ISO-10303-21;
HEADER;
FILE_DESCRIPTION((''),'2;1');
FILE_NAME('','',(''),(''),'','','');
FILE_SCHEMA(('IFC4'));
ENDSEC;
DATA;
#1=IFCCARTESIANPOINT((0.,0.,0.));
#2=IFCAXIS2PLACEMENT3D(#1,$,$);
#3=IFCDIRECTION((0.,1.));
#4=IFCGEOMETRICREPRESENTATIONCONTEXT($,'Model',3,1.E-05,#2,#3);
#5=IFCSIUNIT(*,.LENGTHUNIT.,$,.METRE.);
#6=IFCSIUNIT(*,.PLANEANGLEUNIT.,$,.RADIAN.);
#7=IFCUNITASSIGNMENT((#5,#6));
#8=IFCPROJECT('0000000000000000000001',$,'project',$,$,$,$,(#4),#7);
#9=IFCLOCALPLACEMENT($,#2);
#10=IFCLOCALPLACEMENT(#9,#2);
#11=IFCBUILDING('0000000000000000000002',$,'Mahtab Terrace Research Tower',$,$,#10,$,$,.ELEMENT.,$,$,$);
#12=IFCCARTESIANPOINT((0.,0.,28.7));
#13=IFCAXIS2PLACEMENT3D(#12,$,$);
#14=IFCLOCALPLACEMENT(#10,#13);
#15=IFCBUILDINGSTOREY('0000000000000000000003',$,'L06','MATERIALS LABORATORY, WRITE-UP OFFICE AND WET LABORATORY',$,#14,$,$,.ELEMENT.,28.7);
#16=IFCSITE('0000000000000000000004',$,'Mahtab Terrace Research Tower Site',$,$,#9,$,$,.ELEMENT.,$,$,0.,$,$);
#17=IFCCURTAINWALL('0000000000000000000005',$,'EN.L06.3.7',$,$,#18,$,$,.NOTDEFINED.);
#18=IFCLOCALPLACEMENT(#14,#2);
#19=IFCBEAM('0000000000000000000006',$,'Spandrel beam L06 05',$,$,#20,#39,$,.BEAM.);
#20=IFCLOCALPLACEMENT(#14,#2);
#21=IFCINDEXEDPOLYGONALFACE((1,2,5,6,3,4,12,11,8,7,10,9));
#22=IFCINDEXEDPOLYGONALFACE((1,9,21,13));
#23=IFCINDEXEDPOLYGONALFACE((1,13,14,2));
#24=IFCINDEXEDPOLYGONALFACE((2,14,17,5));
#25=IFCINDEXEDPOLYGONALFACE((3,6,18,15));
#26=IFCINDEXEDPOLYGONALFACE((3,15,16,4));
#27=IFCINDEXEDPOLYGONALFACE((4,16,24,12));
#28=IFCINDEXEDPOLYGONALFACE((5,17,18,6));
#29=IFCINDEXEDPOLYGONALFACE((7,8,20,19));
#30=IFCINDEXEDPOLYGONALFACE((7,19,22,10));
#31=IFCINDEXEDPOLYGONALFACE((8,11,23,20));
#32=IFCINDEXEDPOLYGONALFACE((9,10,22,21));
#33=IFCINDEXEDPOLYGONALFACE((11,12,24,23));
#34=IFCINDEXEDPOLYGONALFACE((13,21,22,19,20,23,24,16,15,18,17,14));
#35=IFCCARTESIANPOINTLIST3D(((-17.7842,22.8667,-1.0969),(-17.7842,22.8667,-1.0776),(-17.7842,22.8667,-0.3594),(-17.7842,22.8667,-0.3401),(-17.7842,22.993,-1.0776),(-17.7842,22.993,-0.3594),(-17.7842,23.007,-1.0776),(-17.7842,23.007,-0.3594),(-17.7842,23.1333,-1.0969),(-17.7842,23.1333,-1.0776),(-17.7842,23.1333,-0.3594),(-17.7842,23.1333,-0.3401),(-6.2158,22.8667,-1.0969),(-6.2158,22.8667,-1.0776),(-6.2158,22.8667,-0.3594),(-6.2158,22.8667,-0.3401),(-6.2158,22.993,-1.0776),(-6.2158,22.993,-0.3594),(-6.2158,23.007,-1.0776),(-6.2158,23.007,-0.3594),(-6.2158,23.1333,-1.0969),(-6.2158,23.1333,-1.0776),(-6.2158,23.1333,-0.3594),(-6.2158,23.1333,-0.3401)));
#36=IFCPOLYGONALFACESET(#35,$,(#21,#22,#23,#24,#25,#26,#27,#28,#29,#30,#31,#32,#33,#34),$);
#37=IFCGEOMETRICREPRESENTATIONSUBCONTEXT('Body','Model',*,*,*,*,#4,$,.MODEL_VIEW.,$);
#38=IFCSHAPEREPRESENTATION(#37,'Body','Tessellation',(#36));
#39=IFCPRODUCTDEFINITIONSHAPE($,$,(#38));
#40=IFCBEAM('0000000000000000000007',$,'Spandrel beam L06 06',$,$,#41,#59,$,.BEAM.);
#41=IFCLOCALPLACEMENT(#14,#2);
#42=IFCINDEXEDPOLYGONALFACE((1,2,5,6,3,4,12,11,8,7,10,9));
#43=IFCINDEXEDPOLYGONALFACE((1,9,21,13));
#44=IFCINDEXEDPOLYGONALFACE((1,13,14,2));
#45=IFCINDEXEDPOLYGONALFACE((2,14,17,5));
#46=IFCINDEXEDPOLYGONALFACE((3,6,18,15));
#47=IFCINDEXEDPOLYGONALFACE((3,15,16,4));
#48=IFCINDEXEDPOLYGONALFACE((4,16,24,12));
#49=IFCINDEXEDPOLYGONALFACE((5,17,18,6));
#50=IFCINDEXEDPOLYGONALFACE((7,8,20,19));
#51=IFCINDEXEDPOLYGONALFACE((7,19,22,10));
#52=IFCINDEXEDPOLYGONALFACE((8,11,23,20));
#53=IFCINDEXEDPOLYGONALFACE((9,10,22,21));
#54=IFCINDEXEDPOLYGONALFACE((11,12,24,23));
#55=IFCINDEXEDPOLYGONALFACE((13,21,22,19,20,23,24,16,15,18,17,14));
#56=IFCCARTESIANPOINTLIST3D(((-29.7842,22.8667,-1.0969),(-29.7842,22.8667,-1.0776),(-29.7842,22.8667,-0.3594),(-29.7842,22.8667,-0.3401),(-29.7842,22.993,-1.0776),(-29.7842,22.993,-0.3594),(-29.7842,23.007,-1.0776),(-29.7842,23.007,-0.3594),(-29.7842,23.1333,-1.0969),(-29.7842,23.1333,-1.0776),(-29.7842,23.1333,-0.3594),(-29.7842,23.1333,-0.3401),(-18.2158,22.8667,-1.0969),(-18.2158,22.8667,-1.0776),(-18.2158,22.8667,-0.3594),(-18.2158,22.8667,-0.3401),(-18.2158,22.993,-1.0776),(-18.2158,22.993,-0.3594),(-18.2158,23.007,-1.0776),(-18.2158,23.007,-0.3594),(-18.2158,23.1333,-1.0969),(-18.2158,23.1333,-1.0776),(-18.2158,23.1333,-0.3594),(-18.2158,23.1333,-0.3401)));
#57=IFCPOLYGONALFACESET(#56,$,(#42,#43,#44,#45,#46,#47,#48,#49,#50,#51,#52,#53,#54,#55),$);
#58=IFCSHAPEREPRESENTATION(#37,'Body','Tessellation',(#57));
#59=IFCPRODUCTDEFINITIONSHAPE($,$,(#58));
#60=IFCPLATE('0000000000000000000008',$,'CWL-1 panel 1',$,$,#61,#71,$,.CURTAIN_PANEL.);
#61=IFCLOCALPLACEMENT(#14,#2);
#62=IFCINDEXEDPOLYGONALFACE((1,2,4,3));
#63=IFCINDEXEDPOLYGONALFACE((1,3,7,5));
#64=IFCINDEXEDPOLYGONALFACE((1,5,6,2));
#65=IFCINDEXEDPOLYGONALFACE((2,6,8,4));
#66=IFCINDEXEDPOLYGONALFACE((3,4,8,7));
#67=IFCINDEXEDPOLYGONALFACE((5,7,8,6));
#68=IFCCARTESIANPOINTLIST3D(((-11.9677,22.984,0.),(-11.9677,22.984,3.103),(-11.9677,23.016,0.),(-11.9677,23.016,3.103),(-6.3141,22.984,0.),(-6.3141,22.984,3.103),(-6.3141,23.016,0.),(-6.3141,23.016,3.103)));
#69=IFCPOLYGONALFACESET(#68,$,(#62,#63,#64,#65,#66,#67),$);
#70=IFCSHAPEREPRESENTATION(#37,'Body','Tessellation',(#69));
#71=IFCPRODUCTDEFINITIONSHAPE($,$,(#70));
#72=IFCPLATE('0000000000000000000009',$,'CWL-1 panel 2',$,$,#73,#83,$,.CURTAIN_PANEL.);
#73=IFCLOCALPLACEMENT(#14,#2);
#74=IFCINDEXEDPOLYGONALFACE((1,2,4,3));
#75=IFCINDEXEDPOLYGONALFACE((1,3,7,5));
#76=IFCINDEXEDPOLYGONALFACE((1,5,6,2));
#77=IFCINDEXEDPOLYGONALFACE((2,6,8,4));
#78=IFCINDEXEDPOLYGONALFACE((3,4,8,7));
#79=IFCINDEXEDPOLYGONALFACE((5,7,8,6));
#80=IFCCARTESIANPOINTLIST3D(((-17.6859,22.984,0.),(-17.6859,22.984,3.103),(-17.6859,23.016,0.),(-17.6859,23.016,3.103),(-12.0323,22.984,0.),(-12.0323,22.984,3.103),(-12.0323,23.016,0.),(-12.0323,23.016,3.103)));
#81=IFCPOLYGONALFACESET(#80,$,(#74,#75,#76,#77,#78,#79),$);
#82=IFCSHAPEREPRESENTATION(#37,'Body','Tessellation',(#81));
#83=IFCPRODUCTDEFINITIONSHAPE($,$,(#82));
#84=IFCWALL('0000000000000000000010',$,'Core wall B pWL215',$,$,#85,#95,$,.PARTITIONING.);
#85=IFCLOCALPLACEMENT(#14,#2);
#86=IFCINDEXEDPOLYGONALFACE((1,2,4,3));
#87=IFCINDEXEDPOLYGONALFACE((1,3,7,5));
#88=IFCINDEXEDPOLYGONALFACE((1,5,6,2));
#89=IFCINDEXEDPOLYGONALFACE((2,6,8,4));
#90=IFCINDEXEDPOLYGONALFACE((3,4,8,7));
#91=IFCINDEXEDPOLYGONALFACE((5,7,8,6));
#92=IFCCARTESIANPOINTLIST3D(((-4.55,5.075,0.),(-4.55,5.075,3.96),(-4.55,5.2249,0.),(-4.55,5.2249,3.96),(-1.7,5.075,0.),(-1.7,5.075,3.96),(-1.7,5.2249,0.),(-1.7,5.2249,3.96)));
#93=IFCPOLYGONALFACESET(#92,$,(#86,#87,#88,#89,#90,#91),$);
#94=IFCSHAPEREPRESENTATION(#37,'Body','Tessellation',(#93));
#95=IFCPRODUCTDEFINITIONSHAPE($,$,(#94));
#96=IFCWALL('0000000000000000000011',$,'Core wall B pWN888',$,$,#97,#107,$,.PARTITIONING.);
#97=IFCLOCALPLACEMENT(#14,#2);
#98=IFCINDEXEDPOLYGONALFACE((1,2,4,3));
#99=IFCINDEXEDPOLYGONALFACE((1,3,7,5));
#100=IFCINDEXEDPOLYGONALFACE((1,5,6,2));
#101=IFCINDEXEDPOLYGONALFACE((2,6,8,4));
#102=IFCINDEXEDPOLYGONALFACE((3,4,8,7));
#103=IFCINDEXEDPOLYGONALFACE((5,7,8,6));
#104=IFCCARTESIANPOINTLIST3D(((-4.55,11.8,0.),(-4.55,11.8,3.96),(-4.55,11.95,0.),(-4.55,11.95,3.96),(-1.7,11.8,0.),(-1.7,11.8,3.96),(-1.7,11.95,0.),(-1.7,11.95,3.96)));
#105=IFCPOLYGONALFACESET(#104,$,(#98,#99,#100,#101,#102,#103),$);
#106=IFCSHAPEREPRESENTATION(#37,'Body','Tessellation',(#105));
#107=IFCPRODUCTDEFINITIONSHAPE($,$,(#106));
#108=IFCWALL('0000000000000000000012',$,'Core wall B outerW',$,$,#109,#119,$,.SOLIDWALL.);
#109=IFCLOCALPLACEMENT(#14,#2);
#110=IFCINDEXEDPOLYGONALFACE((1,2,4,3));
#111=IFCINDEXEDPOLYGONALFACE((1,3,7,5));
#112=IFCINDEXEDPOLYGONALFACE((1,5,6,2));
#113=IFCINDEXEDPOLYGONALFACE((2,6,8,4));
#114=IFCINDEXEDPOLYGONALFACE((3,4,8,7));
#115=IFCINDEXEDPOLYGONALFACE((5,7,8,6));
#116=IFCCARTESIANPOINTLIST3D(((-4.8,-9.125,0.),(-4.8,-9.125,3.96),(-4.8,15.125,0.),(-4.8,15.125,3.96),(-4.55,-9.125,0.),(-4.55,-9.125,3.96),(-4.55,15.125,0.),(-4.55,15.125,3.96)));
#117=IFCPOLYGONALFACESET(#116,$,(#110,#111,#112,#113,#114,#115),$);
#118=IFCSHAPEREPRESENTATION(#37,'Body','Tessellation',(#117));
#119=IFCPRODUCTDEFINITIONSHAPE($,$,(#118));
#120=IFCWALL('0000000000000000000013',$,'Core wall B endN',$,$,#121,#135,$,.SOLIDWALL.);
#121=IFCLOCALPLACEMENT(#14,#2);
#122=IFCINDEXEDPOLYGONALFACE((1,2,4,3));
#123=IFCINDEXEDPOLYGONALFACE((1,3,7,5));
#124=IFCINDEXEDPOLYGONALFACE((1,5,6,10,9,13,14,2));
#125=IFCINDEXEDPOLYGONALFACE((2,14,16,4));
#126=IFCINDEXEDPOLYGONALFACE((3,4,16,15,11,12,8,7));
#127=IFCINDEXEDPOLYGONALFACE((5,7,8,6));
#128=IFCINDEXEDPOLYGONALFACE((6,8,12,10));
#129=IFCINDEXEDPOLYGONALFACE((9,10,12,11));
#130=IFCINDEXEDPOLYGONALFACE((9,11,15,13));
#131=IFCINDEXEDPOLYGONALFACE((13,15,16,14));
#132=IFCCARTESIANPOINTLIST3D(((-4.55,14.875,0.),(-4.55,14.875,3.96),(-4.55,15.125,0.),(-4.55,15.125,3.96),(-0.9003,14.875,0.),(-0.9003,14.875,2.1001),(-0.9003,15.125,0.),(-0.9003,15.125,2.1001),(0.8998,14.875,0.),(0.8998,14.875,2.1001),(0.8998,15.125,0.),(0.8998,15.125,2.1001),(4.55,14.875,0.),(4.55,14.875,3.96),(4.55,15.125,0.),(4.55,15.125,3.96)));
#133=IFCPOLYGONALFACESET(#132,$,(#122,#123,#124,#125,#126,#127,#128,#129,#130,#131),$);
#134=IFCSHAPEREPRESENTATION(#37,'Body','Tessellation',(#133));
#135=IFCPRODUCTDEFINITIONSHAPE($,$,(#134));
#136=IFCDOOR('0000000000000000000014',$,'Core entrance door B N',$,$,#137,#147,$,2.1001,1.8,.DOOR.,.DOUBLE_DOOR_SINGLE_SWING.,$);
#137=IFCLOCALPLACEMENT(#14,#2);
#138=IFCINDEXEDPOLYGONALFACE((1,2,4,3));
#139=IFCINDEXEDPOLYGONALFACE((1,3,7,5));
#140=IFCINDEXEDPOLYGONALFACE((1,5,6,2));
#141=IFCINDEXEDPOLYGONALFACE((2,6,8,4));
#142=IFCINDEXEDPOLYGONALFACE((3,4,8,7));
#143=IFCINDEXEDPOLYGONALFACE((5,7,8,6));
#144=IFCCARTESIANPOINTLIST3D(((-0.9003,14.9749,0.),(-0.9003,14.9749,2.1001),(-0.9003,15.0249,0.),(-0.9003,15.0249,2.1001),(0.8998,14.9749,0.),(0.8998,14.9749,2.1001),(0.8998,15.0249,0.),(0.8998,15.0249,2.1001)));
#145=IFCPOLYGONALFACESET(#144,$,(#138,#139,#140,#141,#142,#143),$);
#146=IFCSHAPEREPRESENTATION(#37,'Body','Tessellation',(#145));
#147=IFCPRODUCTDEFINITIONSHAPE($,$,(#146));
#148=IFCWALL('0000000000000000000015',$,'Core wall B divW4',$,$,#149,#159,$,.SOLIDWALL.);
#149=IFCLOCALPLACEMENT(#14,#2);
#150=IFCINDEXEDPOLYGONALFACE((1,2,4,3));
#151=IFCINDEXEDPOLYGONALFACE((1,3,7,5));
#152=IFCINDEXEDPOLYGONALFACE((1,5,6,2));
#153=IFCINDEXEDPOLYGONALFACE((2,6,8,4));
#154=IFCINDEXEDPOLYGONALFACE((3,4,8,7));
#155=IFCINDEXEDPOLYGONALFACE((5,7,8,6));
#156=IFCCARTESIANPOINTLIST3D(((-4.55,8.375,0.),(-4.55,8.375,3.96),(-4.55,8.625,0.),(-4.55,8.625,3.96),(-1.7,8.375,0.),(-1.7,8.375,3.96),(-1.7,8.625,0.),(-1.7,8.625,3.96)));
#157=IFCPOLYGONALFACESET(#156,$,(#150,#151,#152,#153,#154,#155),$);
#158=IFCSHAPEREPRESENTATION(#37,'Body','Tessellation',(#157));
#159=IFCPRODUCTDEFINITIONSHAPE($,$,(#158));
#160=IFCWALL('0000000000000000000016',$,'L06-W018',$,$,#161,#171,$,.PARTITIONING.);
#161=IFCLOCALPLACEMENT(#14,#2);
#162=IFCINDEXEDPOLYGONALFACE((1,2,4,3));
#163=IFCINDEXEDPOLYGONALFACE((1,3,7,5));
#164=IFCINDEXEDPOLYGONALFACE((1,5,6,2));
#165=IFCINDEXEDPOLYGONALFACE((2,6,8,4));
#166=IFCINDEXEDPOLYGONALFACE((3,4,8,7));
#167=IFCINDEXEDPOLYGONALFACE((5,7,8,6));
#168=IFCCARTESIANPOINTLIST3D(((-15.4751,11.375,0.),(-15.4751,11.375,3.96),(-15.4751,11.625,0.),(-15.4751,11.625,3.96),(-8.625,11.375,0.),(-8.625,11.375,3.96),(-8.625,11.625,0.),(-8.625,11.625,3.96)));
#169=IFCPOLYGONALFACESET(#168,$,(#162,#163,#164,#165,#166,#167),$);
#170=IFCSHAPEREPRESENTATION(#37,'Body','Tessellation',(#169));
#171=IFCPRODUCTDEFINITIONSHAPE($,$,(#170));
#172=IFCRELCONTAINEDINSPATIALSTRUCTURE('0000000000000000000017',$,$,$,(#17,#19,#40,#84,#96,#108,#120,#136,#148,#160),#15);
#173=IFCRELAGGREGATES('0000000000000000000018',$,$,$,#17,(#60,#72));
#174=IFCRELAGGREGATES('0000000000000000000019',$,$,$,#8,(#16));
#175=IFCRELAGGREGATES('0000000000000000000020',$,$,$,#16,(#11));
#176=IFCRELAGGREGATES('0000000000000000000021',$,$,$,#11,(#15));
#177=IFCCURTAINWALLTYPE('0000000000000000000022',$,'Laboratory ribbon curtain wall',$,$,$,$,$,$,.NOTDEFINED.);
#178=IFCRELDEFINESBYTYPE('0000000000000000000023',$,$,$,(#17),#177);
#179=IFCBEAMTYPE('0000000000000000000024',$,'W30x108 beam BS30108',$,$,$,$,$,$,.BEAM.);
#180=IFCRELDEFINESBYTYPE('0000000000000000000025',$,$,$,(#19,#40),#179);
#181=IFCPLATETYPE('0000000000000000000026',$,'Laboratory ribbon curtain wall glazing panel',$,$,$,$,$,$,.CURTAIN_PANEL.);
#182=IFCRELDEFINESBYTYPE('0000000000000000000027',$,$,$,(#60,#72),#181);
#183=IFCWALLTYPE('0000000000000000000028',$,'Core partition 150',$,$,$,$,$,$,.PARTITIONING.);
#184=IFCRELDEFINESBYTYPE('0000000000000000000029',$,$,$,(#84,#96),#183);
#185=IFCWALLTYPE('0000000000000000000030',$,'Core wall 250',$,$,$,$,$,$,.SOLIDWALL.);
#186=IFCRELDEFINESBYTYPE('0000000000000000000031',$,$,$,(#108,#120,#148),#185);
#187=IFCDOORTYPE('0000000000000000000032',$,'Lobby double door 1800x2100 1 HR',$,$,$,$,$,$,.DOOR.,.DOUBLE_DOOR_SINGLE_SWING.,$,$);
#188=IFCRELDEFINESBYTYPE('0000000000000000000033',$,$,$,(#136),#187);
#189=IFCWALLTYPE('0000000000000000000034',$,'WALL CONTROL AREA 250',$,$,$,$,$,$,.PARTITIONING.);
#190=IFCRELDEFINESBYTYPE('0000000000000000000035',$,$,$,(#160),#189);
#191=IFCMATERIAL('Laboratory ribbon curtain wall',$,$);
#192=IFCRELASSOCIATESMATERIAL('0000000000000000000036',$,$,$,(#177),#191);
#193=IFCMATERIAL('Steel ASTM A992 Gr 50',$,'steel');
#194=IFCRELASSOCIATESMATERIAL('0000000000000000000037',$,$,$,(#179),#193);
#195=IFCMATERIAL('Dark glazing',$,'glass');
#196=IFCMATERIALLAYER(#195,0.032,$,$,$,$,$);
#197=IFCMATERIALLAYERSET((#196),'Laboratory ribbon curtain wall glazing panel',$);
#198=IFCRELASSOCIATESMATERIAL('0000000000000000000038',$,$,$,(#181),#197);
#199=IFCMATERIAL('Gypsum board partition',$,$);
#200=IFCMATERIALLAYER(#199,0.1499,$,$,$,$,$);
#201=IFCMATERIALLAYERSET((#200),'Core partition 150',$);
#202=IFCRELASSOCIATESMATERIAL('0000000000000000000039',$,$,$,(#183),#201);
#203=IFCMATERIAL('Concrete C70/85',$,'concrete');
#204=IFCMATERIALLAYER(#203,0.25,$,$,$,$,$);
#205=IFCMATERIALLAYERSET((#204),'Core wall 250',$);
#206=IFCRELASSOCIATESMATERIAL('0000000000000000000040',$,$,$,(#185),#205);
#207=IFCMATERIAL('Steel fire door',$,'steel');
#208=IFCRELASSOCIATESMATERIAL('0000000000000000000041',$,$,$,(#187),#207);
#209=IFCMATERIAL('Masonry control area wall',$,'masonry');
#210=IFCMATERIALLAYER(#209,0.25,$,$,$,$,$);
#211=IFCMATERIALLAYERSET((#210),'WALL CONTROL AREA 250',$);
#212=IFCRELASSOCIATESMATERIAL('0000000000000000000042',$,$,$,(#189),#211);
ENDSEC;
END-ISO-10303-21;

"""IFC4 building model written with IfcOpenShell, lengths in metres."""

from ifc_helpers import new_model, si_unit, direction, frame, frame_2d, origin, origin_2d, place, context, subcontext, project, spatial, rectangle, i_section, extrude, material, layer, layer_set, material_profile, profile_set, type_object, element, fill, aggregate, save


model = new_model("IFC4")

# Units and contexts
model_context = context("Model", 3, precision=1e-05, world=origin(), true_north=direction((0.0, 1.0)))
body_context = subcontext(model_context, "Body", "Model", "MODEL_VIEW")
ifc_project = project(units=[si_unit("LENGTHUNIT", "METRE"), si_unit("PLANEANGLEUNIT", "RADIAN")], contexts=[model_context])

# Site, building, storey
site_placement = place(None, origin())
site = spatial("IfcSite", under=ifc_project, at=site_placement, Name="Mahtab Terrace Research Tower Site", CompositionType="ELEMENT", RefElevation=0.0)
building_placement = place(site_placement, origin())
building = spatial("IfcBuilding", under=site, at=building_placement, Name="Mahtab Terrace Research Tower", CompositionType="ELEMENT")
storey_placement = place(building_placement, frame((0.0, 0.0, 28.7)))
storey = spatial("IfcBuildingStorey", under=building, at=storey_placement, Name="L06", Description="MATERIALS LABORATORY, WRITE-UP OFFICE AND WET LABORATORY", CompositionType="ELEMENT", Elevation=28.7)

# Shared definitions
ifc_material_1 = material(Name="Concrete C70/85", Category="concrete")
ifc_material_2 = material(Name="Steel ASTM A992 Gr 50", Category="steel")

# Curtain wall
ifc_material_3 = material(Name="Laboratory ribbon curtain wall")
curtain_wall_type = type_object("IfcCurtainWallType", Name="Laboratory ribbon curtain wall", PredefinedType="NOTDEFINED", material=ifc_material_3)
curtain_wall_1_placement = place(storey_placement, origin())
curtain_wall_1 = element("IfcCurtainWall", 1, at=curtain_wall_1_placement, inside=storey, type_object=curtain_wall_type, Name="EN.L06.3.7", PredefinedType="NOTDEFINED")

# Beams
ifc_material_profile_1 = material_profile(ifc_material_2, i_section(OverallWidth=0.2666, OverallDepth=0.7568, WebThickness=0.0139, FlangeThickness=0.0193, at=origin_2d()), Name="W30X108")
ifc_profile_set_1 = profile_set([ifc_material_profile_1], Name="Steel ASTM A992 Gr 50")
beam_type = type_object("IfcBeamType", Name="W30x108 beam BS30108", PredefinedType="BEAM", material=ifc_profile_set_1)
for number, where, z_axis, x_axis, name in (
    (2, (-6.2158, 23.0, -0.7185), (-1.0, 0.0, 0.0), (0.0, -1.0, 0.0), "Spandrel beam L06 05"),
    (3, (-18.2158, 23.0, -0.7185), (-1.0, 0.0, 0.0), (0.0, -1.0, 0.0), "Spandrel beam L06 06"),
):
    element("IfcBeam", number, at=place(storey_placement, frame(where, z_axis=z_axis, x_axis=x_axis)), inside=storey, type_object=beam_type, Name=name, PredefinedType="BEAM", context=body_context, shape_type="SweptSolid", body=[
        extrude(i_section(OverallWidth=0.2666, OverallDepth=0.7568, WebThickness=0.0139, FlangeThickness=0.0193, at=origin_2d()), origin(), (0.0, 0.0, 1.0), 11.5684),
    ])

# Plates
ifc_material_4 = material(Name="Dark glazing", Category="glass")
ifc_layer_1 = layer(ifc_material_4, 0.032)
ifc_layer_set_1 = layer_set([ifc_layer_1], Name="Laboratory ribbon curtain wall glazing panel")
plate_type = type_object("IfcPlateType", Name="Laboratory ribbon curtain wall glazing panel", PredefinedType="CURTAIN_PANEL", material=ifc_layer_set_1)
plate_1_placement = place(storey_placement, frame((-9.1409, 23.0, 0.0), z_axis=(0.0, 0.0, 1.0), x_axis=(-1.0, 0.0, 0.0)))
plate_1 = element("IfcPlate", 4, at=plate_1_placement, type_object=plate_type, Name="CWL-1 panel 1", PredefinedType="CURTAIN_PANEL", context=body_context, shape_type="SweptSolid", body=[
    extrude(rectangle(XDim=5.6536, YDim=0.032, at=origin_2d()), origin(), (0.0, 0.0, 1.0), 3.103),
])
plate_2_placement = place(storey_placement, frame((-14.8591, 23.0, 0.0), z_axis=(0.0, 0.0, 1.0), x_axis=(-1.0, 0.0, 0.0)))
plate_2 = element("IfcPlate", 5, at=plate_2_placement, type_object=plate_type, Name="CWL-1 panel 2", PredefinedType="CURTAIN_PANEL", context=body_context, shape_type="SweptSolid", body=[
    extrude(rectangle(XDim=5.6536, YDim=0.032, at=origin_2d()), origin(), (0.0, 0.0, 1.0), 3.103),
])
aggregate(curtain_wall_1, [plate_1, plate_2])

# Walls
ifc_material_5 = material(Name="Gypsum board partition")
ifc_layer_2 = layer(ifc_material_5, 0.1499)
ifc_layer_set_2 = layer_set([ifc_layer_2], Name="Core partition 150")
wall_type_1 = type_object("IfcWallType", Name="Core partition 150", PredefinedType="PARTITIONING", material=ifc_layer_set_2)
for number, where, z_axis, x_axis, name in (
    (6, (-4.55, 5.1499, 0.0), (0.0, 0.0, 1.0), (1.0, 0.0, 0.0), "Core wall B pWL215"),
    (7, (-4.55, 11.875, 0.0), (0.0, 0.0, 1.0), (1.0, 0.0, 0.0), "Core wall B pWN888"),
):
    element("IfcWall", number, at=place(storey_placement, frame(where, z_axis=z_axis, x_axis=x_axis)), inside=storey, type_object=wall_type_1, Name=name, PredefinedType="PARTITIONING", context=body_context, shape_type="SweptSolid", body=[
        extrude(rectangle(XDim=2.8501, YDim=0.1499, at=frame_2d((1.425, 0.0))), origin(), (0.0, 0.0, 1.0), 3.96),
    ])
ifc_layer_3 = layer(ifc_material_1, 0.25)
ifc_layer_set_3 = layer_set([ifc_layer_3], Name="Core wall 250")
wall_type_2 = type_object("IfcWallType", Name="Core wall 250", PredefinedType="SOLIDWALL", material=ifc_layer_set_3)
wall_1_placement = place(storey_placement, frame((-4.675, 15.125, 0.0), z_axis=(0.0, 0.0, 1.0), x_axis=(0.0, -1.0, 0.0)))
element("IfcWall", 8, at=wall_1_placement, inside=storey, type_object=wall_type_2, Name="Core wall B outerW", PredefinedType="SOLIDWALL", context=body_context, shape_type="SweptSolid", body=[
    extrude(rectangle(XDim=24.25, YDim=0.25, at=frame_2d((12.125, 0.0))), origin(), (0.0, 0.0, 1.0), 3.96),
])

# Wall, opening, door
wall_2_placement = place(storey_placement, frame((-4.55, 15.0, 0.0), z_axis=(0.0, 0.0, 1.0), x_axis=(1.0, 0.0, 0.0)))
wall_2 = element("IfcWall", 9, at=wall_2_placement, inside=storey, type_object=wall_type_2, Name="Core wall B endN", PredefinedType="SOLIDWALL", context=body_context, shape_type="SweptSolid", body=[
    extrude(rectangle(XDim=9.1001, YDim=0.25, at=frame_2d((4.55, 0.0))), origin(), (0.0, 0.0, 1.0), 3.96),
])
opening_1_placement = place(wall_2_placement, frame((3.6499, 0.0, 0.0)))
opening_1 = element("IfcOpeningElement", 10, at=opening_1_placement, cuts=wall_2, PredefinedType="OPENING", context=body_context, shape_type="SweptSolid", body=[
    extrude(rectangle(XDim=1.8, YDim=2.1001, at=frame_2d((0.8999, 1.05))), frame((0.0, 0.135, 0.0), z_axis=(0.0, -1.0, 0.0), x_axis=(1.0, 0.0, 0.0)), (0.0, 0.0, 1.0), 0.27),
])
ifc_material_6 = material(Name="Steel fire door", Category="steel")
door_type_1 = type_object("IfcDoorType", Name="Lobby double door 1800x2100 1 HR", OperationType="DOUBLE_DOOR_SINGLE_SWING", PredefinedType="DOOR", material=ifc_material_6)
door_1_placement = place(opening_1_placement, origin())
door_1 = element("IfcDoor", 11, at=door_1_placement, inside=storey, type_object=door_type_1, Name="Core entrance door B N", OperationType="DOUBLE_DOOR_SINGLE_SWING", OverallHeight=2.1001, OverallWidth=1.8, PredefinedType="DOOR", context=body_context, shape_type="SweptSolid", body=[
    extrude(rectangle(XDim=1.8, YDim=2.1001, at=frame_2d((0.8999, 1.05))), frame((0.0, 0.0249, 0.0), z_axis=(0.0, -1.0, 0.0), x_axis=(1.0, 0.0, 0.0)), (0.0, 0.0, 1.0), 0.05),
])
fill(opening_1, door_1)

# Walls
wall_3_placement = place(storey_placement, frame((-4.55, 8.5, 0.0), z_axis=(0.0, 0.0, 1.0), x_axis=(1.0, 0.0, 0.0)))
element("IfcWall", 12, at=wall_3_placement, inside=storey, type_object=wall_type_2, Name="Core wall B divW4", PredefinedType="SOLIDWALL", context=body_context, shape_type="SweptSolid", body=[
    extrude(rectangle(XDim=2.8501, YDim=0.25, at=frame_2d((1.425, 0.0))), origin(), (0.0, 0.0, 1.0), 3.96),
])
ifc_material_7 = material(Name="Masonry control area wall", Category="masonry")
ifc_layer_4 = layer(ifc_material_7, 0.25)
ifc_layer_set_4 = layer_set([ifc_layer_4], Name="WALL CONTROL AREA 250")
wall_type_3 = type_object("IfcWallType", Name="WALL CONTROL AREA 250", PredefinedType="PARTITIONING", material=ifc_layer_set_4)
wall_4_placement = place(storey_placement, frame((-15.4751, 11.5, 0.0), z_axis=(0.0, 0.0, 1.0), x_axis=(1.0, 0.0, 0.0)))
element("IfcWall", 13, at=wall_4_placement, inside=storey, type_object=wall_type_3, Name="L06-W018", PredefinedType="PARTITIONING", context=body_context, shape_type="SweptSolid", body=[
    extrude(rectangle(XDim=6.8501, YDim=0.25, at=frame_2d((3.425, 0.0))), origin(), (0.0, 0.0, 1.0), 3.96),
])

save(model, "model.ifc")
